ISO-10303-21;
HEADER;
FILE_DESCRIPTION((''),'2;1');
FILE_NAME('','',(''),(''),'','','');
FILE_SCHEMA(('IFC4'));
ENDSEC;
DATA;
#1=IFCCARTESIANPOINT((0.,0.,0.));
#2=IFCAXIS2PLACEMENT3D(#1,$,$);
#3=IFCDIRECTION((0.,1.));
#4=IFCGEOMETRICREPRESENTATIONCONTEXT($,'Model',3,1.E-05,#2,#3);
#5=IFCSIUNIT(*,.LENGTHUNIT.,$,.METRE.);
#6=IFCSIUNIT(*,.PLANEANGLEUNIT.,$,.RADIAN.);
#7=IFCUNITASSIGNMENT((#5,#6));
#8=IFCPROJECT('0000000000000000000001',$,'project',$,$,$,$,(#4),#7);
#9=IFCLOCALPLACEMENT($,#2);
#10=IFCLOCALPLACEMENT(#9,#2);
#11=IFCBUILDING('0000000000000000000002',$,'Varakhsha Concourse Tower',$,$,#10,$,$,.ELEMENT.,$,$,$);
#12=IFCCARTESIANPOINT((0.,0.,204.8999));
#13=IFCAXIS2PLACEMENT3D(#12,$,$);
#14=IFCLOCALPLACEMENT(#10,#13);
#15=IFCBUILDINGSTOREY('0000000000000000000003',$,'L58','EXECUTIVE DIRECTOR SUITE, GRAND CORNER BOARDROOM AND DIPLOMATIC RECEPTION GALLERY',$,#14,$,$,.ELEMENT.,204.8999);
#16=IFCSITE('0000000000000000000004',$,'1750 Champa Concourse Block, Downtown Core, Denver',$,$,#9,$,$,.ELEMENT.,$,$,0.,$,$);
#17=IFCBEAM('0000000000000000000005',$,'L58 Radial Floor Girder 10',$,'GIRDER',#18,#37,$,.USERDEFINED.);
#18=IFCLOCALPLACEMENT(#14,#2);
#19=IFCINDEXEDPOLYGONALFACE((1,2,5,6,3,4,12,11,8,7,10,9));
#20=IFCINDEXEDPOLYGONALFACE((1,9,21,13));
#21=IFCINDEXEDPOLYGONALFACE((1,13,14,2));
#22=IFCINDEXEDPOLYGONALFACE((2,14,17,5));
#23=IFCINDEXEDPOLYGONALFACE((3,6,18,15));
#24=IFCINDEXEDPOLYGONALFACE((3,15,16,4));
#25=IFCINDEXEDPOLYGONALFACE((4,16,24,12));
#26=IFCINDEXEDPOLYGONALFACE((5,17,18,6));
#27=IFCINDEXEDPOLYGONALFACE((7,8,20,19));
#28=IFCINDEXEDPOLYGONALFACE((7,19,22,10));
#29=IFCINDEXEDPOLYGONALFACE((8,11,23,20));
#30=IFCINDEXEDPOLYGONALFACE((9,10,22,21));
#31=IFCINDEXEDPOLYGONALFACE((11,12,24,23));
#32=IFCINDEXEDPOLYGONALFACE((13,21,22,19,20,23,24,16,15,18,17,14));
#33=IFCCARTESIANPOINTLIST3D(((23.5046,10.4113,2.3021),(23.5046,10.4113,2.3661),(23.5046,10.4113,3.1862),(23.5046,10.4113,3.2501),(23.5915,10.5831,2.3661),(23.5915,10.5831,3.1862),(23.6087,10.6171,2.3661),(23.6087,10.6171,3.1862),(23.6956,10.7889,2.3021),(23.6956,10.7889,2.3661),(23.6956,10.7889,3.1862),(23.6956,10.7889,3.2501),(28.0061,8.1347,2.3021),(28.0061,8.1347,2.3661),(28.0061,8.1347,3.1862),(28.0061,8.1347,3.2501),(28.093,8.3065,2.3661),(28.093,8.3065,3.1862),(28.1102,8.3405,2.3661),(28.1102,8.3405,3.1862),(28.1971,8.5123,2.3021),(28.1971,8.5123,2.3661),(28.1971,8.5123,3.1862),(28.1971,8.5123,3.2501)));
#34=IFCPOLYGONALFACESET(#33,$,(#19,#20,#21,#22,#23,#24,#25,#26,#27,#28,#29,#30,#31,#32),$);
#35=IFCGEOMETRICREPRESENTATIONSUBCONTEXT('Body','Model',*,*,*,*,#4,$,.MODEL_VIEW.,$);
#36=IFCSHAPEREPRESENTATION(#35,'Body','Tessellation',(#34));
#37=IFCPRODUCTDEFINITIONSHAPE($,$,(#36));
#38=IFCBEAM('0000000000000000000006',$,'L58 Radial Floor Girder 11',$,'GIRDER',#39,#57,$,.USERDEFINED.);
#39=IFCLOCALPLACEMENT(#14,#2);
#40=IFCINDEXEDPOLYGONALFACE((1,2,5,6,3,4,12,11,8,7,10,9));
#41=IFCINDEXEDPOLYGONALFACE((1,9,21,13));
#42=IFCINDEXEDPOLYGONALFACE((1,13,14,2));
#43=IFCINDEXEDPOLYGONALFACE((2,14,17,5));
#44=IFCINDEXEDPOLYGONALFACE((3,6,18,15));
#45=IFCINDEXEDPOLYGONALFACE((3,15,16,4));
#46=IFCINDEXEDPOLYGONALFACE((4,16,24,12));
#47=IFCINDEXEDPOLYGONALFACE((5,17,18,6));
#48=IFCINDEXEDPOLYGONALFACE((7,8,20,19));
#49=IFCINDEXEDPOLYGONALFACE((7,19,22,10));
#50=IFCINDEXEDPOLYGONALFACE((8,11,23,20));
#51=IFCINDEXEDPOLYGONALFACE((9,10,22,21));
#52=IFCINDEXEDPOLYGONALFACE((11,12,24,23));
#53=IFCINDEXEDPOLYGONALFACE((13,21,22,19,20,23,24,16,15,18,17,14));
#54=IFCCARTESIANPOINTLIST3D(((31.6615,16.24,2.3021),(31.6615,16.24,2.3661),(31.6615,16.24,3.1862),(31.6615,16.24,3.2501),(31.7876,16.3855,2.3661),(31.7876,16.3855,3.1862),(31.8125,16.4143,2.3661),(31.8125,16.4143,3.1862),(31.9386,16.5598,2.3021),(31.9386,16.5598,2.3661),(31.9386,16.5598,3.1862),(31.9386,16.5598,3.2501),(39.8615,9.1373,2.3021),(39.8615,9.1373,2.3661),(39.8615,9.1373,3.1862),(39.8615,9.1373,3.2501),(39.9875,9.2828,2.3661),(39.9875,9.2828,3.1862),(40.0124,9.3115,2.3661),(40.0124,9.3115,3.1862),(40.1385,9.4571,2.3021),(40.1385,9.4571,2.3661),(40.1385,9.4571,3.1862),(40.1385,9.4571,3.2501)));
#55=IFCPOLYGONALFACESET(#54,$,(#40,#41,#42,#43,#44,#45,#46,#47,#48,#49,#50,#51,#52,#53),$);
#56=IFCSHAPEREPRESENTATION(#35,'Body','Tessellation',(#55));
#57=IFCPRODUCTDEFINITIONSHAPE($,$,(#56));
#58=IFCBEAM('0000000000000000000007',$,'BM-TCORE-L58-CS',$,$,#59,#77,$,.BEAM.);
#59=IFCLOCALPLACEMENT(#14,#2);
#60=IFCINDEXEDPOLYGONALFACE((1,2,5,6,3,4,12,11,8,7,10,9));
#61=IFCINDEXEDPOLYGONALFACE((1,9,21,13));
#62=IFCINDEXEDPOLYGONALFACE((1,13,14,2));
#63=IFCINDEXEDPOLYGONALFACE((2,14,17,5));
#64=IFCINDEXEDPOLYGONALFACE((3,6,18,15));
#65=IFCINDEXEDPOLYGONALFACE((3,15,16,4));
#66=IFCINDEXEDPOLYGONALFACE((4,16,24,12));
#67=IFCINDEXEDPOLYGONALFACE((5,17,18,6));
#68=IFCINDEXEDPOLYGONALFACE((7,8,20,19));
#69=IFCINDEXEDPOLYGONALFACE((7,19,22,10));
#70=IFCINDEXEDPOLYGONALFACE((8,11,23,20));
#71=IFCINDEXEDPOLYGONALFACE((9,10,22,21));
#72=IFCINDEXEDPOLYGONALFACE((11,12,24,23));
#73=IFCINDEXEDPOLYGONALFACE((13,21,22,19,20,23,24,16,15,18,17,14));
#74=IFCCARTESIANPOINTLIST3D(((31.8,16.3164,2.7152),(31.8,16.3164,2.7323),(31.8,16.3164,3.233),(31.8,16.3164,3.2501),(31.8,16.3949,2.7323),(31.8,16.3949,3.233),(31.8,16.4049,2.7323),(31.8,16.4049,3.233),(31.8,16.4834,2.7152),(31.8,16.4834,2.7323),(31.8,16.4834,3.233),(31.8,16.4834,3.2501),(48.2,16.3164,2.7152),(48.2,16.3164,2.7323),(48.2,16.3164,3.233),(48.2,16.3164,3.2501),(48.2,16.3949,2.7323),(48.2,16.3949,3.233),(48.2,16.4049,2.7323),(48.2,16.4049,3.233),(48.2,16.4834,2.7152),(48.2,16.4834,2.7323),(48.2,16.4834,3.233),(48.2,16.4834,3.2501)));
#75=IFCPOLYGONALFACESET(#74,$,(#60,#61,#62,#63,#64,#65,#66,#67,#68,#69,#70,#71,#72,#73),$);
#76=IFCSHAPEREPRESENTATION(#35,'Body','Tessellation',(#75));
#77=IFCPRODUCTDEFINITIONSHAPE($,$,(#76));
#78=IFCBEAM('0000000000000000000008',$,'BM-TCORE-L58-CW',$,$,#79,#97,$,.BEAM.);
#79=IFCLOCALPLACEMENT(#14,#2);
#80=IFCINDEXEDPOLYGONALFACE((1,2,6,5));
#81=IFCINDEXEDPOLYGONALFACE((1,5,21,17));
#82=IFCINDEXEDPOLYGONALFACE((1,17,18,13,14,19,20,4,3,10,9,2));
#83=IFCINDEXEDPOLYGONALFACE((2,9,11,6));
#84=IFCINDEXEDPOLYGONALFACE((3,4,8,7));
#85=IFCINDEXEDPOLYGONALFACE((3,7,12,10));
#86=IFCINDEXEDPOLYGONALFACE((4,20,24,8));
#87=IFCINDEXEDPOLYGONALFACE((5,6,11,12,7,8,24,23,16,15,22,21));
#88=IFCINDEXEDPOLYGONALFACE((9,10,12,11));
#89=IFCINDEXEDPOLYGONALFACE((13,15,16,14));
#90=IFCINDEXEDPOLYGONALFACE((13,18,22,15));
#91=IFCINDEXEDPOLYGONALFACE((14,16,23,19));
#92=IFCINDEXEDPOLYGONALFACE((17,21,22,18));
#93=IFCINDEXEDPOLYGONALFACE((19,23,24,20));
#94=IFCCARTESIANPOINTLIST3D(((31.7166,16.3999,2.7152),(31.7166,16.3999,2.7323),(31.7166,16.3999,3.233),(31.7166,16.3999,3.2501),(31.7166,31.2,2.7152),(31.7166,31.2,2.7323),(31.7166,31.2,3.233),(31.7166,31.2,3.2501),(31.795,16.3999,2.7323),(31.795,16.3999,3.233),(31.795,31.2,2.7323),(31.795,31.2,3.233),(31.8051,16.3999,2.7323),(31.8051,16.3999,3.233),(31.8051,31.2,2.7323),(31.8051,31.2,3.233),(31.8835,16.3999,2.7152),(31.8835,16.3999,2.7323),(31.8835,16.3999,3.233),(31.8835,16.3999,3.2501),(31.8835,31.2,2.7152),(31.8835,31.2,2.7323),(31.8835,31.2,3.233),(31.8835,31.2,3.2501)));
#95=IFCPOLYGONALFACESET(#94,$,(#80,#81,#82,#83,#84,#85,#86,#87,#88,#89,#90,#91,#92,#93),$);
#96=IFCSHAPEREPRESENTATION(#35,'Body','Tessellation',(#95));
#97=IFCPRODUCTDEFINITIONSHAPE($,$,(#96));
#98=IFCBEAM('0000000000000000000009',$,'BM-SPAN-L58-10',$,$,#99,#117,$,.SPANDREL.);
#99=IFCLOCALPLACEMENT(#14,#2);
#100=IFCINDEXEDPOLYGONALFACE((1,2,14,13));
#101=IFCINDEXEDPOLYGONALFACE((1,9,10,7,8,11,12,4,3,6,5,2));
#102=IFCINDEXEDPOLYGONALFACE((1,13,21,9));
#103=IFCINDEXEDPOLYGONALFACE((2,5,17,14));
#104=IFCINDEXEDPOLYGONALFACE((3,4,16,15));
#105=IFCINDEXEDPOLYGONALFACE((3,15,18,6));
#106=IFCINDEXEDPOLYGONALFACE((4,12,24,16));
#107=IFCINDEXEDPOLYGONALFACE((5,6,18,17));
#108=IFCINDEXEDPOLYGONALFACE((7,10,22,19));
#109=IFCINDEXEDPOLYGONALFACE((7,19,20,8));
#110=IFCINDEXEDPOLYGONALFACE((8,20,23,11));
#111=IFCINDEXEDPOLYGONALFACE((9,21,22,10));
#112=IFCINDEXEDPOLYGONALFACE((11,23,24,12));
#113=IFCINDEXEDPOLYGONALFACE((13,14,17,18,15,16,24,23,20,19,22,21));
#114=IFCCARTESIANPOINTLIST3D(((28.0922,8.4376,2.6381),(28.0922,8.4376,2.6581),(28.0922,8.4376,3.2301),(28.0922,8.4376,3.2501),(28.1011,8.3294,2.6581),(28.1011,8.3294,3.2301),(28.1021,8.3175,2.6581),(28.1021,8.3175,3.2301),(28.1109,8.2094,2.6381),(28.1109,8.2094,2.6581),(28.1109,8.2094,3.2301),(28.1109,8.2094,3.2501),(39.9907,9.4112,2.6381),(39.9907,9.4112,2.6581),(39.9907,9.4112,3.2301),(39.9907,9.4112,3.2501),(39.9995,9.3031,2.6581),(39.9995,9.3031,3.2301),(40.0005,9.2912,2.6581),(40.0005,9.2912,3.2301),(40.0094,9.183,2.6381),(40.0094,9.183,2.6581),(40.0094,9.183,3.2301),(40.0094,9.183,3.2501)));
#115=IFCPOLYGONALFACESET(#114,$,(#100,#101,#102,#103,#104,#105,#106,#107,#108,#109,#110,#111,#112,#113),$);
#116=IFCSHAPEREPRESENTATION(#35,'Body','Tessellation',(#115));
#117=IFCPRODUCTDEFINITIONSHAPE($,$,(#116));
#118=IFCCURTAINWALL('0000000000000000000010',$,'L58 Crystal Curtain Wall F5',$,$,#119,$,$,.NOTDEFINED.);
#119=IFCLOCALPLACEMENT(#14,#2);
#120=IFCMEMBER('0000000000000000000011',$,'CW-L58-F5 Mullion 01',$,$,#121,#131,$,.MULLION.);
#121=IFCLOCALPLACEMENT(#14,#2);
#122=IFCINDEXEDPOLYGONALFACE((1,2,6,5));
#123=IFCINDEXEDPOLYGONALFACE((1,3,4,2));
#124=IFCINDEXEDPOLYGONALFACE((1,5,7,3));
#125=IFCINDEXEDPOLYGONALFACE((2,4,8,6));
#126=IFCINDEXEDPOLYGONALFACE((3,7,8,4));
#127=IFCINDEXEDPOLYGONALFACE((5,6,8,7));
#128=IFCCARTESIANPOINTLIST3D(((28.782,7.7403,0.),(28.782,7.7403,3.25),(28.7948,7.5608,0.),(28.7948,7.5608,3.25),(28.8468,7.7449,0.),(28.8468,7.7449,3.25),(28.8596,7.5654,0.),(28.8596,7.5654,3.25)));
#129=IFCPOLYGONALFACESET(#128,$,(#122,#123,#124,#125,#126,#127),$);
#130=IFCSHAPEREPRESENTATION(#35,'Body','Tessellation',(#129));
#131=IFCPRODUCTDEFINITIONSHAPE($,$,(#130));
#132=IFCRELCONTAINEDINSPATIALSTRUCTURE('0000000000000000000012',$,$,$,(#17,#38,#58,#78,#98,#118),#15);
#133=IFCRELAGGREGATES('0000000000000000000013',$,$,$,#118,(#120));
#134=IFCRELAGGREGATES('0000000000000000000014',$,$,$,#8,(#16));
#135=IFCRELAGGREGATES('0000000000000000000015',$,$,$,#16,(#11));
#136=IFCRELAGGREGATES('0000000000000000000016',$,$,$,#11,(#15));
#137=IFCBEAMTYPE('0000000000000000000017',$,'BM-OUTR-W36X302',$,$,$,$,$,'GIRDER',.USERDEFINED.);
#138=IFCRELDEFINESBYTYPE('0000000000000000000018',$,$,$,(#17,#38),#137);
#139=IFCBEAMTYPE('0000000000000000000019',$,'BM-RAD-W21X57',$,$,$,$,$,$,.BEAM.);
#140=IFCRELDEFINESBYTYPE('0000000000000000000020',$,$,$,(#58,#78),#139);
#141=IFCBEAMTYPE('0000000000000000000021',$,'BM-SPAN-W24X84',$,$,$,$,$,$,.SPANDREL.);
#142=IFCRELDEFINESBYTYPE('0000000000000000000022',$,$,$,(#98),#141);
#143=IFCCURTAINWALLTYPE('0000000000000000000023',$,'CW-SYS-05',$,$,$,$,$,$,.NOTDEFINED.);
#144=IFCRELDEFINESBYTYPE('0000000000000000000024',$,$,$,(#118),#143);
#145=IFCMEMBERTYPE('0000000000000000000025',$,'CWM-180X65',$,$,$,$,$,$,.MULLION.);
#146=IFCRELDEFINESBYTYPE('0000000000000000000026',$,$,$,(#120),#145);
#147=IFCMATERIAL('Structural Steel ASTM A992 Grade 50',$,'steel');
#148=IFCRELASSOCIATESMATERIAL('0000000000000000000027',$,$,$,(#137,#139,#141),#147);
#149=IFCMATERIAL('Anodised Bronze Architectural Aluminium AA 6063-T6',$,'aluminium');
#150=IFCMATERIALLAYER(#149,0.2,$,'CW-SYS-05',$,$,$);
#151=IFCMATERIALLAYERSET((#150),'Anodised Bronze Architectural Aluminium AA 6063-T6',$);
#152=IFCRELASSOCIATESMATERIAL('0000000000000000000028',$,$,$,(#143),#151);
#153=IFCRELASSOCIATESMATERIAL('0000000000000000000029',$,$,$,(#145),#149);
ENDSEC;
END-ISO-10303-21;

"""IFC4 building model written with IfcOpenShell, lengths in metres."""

from ifc_helpers import new_model, si_unit, direction, frame, origin, origin_2d, place, context, subcontext, project, spatial, rectangle, i_section, extrude, source, transform, mapped, material, layer, layer_set, material_profile, profile_set, type_object, type_shapes, element, aggregate, save


model = new_model("IFC4")

# Units and contexts
model_context = context("Model", 3, precision=1e-05, world=origin(), true_north=direction((0.0, 1.0)))
body_context = subcontext(model_context, "Body", "Model", "MODEL_VIEW")
ifc_project = project(units=[si_unit("LENGTHUNIT", "METRE"), si_unit("PLANEANGLEUNIT", "RADIAN")], contexts=[model_context])

# Site, building, storey
site_placement = place(None, origin())
site = spatial("IfcSite", under=ifc_project, at=site_placement, Name="1750 Champa Concourse Block, Downtown Core, Denver", CompositionType="ELEMENT", RefElevation=0.0)
building_placement = place(site_placement, origin())
building = spatial("IfcBuilding", under=site, at=building_placement, Name="Varakhsha Concourse Tower", CompositionType="ELEMENT")
storey_placement = place(building_placement, frame((0.0, 0.0, 204.8999)))
storey = spatial("IfcBuildingStorey", under=building, at=storey_placement, Name="L58", Description="EXECUTIVE DIRECTOR SUITE, GRAND CORNER BOARDROOM AND DIPLOMATIC RECEPTION GALLERY", CompositionType="ELEMENT", Elevation=204.8999)

# Shared definitions
ifc_material_1 = material(Name="Structural Steel ASTM A992 Grade 50", Category="steel")

# Beams
ifc_material_profile_1 = material_profile(ifc_material_1, i_section(OverallWidth=0.4231, OverallDepth=0.948, WebThickness=0.0381, FlangeThickness=0.064, at=origin_2d()), Name="W36X302")
ifc_profile_set_1 = profile_set([ifc_material_profile_1], Name="Structural Steel ASTM A992 Grade 50")
beam_type_1 = type_object("IfcBeamType", Name="BM-OUTR-W36X302", ElementType="GIRDER", PredefinedType="USERDEFINED", material=ifc_profile_set_1)
beam_1_placement = place(storey_placement, frame((23.6001, 10.6001, 2.7761), z_axis=(0.892366, -0.451313, 0.0), x_axis=(0.451313, 0.892366, 0.0)))
element("IfcBeam", 1, at=beam_1_placement, inside=storey, type_object=beam_type_1, Name="L58 Radial Floor Girder 10", ObjectType="GIRDER", PredefinedType="USERDEFINED", context=body_context, shape_type="SweptSolid", body=[
    extrude(i_section(OverallWidth=0.4231, OverallDepth=0.948, WebThickness=0.0381, FlangeThickness=0.064, at=origin_2d()), origin(), (0.0, 0.0, 1.0), 5.0444),
])
beam_2_placement = place(storey_placement, frame((31.8, 16.3999, 2.7761), z_axis=(0.755864, -0.654728, 0.0), x_axis=(0.654728, 0.755864, 0.0)))
element("IfcBeam", 2, at=beam_2_placement, inside=storey, type_object=beam_type_1, Name="L58 Radial Floor Girder 11", ObjectType="GIRDER", PredefinedType="USERDEFINED", context=body_context, shape_type="SweptSolid", body=[
    extrude(i_section(OverallWidth=0.4231, OverallDepth=0.948, WebThickness=0.0381, FlangeThickness=0.064, at=origin_2d()), origin(), (0.0, 0.0, 1.0), 10.8484),
])
ifc_material_profile_2 = material_profile(ifc_material_1, i_section(OverallWidth=0.167, OverallDepth=0.5349, WebThickness=0.01, FlangeThickness=0.0171, at=origin_2d()), Name="W21X57")
ifc_profile_set_2 = profile_set([ifc_material_profile_2], Name="Structural Steel ASTM A992 Grade 50")
beam_type_2 = type_object("IfcBeamType", Name="BM-RAD-W21X57", PredefinedType="BEAM", material=ifc_profile_set_2)
beam_3_placement = place(storey_placement, frame((31.8, 16.3999, 2.9827), z_axis=(1.0, 0.0, 0.0), x_axis=(0.0, 1.0, 0.0)))
element("IfcBeam", 3, at=beam_3_placement, inside=storey, type_object=beam_type_2, Name="BM-TCORE-L58-CS", PredefinedType="BEAM", context=body_context, shape_type="SweptSolid", body=[
    extrude(i_section(OverallWidth=0.167, OverallDepth=0.5349, WebThickness=0.01, FlangeThickness=0.0171, at=origin_2d()), origin(), (0.0, 0.0, 1.0), 16.3999),
])
beam_4_placement = place(storey_placement, frame((31.8, 16.3999, 2.9827), z_axis=(0.0, 1.0, 0.0), x_axis=(-1.0, 0.0, 0.0)))
element("IfcBeam", 4, at=beam_4_placement, inside=storey, type_object=beam_type_2, Name="BM-TCORE-L58-CW", PredefinedType="BEAM", context=body_context, shape_type="SweptSolid", body=[
    extrude(i_section(OverallWidth=0.167, OverallDepth=0.5349, WebThickness=0.01, FlangeThickness=0.0171, at=origin_2d()), origin(), (0.0, 0.0, 1.0), 14.8),
])
ifc_material_profile_3 = material_profile(ifc_material_1, i_section(OverallWidth=0.229, OverallDepth=0.6121, WebThickness=0.012, FlangeThickness=0.02, at=origin_2d()), Name="W24X84")
ifc_profile_set_3 = profile_set([ifc_material_profile_3], Name="Structural Steel ASTM A992 Grade 50")
beam_type_3 = type_object("IfcBeamType", Name="BM-SPAN-W24X84", PredefinedType="SPANDREL", material=ifc_profile_set_3)
beam_5_placement = place(storey_placement, frame((28.1016, 8.3235, 2.9441), z_axis=(0.996669, 0.081556, 0.0), x_axis=(-0.081556, 0.996669, 0.0)))
element("IfcBeam", 5, at=beam_5_placement, inside=storey, type_object=beam_type_3, Name="BM-SPAN-L58-10", PredefinedType="SPANDREL", context=body_context, shape_type="SweptSolid", body=[
    extrude(i_section(OverallWidth=0.229, OverallDepth=0.6121, WebThickness=0.012, FlangeThickness=0.02, at=origin_2d()), origin(), (0.0, 0.0, 1.0), 11.9382),
])

# Curtain wall, member
ifc_material_2 = material(Name="Anodised Bronze Architectural Aluminium AA 6063-T6", Category="aluminium")
ifc_layer_1 = layer(ifc_material_2, 0.2, Name="CW-SYS-05")
ifc_layer_set_1 = layer_set([ifc_layer_1], Name="Anodised Bronze Architectural Aluminium AA 6063-T6")
curtain_wall_type = type_object("IfcCurtainWallType", Name="CW-SYS-05", PredefinedType="NOTDEFINED", material=ifc_layer_set_1)
curtain_wall_placement = place(storey_placement, origin())
curtain_wall = element("IfcCurtainWall", 6, at=curtain_wall_placement, inside=storey, type_object=curtain_wall_type, Name="L58 Crystal Curtain Wall F5", PredefinedType="NOTDEFINED")
ifc_material_profile_4 = material_profile(ifc_material_2, rectangle(XDim=0.0649, YDim=0.1799, at=origin_2d()), Name="CWM-180X65")
ifc_profile_set_4 = profile_set([ifc_material_profile_4], Name="Anodised Bronze Architectural Aluminium AA 6063-T6")
member_type = type_object("IfcMemberType", Name="CWM-180X65", PredefinedType="MULLION", material=ifc_profile_set_4)
shared_shape = source(origin(), body_context, "Body", "SweptSolid", [
    extrude(rectangle(XDim=0.0649, YDim=0.1799, at=origin_2d()), origin(), (0.0, 0.0, 1.0), 3.25),
])
type_shapes(member_type, [shared_shape])
member_placement = place(storey_placement, frame((28.8208, 7.6528, 0.0), z_axis=(0.0, 0.0, 1.0), x_axis=(-0.997496, -0.070723, 0.0)))
member = element("IfcMember", 7, at=member_placement, type_object=member_type, Name="CW-L58-F5 Mullion 01", PredefinedType="MULLION", context=body_context, shape_type="MappedRepresentation", body=[
    mapped(shared_shape, transform((0.0, 0.0, 0.0), scale=1.0)),
])
aggregate(curtain_wall, [member])

save(model, "model.ifc")
